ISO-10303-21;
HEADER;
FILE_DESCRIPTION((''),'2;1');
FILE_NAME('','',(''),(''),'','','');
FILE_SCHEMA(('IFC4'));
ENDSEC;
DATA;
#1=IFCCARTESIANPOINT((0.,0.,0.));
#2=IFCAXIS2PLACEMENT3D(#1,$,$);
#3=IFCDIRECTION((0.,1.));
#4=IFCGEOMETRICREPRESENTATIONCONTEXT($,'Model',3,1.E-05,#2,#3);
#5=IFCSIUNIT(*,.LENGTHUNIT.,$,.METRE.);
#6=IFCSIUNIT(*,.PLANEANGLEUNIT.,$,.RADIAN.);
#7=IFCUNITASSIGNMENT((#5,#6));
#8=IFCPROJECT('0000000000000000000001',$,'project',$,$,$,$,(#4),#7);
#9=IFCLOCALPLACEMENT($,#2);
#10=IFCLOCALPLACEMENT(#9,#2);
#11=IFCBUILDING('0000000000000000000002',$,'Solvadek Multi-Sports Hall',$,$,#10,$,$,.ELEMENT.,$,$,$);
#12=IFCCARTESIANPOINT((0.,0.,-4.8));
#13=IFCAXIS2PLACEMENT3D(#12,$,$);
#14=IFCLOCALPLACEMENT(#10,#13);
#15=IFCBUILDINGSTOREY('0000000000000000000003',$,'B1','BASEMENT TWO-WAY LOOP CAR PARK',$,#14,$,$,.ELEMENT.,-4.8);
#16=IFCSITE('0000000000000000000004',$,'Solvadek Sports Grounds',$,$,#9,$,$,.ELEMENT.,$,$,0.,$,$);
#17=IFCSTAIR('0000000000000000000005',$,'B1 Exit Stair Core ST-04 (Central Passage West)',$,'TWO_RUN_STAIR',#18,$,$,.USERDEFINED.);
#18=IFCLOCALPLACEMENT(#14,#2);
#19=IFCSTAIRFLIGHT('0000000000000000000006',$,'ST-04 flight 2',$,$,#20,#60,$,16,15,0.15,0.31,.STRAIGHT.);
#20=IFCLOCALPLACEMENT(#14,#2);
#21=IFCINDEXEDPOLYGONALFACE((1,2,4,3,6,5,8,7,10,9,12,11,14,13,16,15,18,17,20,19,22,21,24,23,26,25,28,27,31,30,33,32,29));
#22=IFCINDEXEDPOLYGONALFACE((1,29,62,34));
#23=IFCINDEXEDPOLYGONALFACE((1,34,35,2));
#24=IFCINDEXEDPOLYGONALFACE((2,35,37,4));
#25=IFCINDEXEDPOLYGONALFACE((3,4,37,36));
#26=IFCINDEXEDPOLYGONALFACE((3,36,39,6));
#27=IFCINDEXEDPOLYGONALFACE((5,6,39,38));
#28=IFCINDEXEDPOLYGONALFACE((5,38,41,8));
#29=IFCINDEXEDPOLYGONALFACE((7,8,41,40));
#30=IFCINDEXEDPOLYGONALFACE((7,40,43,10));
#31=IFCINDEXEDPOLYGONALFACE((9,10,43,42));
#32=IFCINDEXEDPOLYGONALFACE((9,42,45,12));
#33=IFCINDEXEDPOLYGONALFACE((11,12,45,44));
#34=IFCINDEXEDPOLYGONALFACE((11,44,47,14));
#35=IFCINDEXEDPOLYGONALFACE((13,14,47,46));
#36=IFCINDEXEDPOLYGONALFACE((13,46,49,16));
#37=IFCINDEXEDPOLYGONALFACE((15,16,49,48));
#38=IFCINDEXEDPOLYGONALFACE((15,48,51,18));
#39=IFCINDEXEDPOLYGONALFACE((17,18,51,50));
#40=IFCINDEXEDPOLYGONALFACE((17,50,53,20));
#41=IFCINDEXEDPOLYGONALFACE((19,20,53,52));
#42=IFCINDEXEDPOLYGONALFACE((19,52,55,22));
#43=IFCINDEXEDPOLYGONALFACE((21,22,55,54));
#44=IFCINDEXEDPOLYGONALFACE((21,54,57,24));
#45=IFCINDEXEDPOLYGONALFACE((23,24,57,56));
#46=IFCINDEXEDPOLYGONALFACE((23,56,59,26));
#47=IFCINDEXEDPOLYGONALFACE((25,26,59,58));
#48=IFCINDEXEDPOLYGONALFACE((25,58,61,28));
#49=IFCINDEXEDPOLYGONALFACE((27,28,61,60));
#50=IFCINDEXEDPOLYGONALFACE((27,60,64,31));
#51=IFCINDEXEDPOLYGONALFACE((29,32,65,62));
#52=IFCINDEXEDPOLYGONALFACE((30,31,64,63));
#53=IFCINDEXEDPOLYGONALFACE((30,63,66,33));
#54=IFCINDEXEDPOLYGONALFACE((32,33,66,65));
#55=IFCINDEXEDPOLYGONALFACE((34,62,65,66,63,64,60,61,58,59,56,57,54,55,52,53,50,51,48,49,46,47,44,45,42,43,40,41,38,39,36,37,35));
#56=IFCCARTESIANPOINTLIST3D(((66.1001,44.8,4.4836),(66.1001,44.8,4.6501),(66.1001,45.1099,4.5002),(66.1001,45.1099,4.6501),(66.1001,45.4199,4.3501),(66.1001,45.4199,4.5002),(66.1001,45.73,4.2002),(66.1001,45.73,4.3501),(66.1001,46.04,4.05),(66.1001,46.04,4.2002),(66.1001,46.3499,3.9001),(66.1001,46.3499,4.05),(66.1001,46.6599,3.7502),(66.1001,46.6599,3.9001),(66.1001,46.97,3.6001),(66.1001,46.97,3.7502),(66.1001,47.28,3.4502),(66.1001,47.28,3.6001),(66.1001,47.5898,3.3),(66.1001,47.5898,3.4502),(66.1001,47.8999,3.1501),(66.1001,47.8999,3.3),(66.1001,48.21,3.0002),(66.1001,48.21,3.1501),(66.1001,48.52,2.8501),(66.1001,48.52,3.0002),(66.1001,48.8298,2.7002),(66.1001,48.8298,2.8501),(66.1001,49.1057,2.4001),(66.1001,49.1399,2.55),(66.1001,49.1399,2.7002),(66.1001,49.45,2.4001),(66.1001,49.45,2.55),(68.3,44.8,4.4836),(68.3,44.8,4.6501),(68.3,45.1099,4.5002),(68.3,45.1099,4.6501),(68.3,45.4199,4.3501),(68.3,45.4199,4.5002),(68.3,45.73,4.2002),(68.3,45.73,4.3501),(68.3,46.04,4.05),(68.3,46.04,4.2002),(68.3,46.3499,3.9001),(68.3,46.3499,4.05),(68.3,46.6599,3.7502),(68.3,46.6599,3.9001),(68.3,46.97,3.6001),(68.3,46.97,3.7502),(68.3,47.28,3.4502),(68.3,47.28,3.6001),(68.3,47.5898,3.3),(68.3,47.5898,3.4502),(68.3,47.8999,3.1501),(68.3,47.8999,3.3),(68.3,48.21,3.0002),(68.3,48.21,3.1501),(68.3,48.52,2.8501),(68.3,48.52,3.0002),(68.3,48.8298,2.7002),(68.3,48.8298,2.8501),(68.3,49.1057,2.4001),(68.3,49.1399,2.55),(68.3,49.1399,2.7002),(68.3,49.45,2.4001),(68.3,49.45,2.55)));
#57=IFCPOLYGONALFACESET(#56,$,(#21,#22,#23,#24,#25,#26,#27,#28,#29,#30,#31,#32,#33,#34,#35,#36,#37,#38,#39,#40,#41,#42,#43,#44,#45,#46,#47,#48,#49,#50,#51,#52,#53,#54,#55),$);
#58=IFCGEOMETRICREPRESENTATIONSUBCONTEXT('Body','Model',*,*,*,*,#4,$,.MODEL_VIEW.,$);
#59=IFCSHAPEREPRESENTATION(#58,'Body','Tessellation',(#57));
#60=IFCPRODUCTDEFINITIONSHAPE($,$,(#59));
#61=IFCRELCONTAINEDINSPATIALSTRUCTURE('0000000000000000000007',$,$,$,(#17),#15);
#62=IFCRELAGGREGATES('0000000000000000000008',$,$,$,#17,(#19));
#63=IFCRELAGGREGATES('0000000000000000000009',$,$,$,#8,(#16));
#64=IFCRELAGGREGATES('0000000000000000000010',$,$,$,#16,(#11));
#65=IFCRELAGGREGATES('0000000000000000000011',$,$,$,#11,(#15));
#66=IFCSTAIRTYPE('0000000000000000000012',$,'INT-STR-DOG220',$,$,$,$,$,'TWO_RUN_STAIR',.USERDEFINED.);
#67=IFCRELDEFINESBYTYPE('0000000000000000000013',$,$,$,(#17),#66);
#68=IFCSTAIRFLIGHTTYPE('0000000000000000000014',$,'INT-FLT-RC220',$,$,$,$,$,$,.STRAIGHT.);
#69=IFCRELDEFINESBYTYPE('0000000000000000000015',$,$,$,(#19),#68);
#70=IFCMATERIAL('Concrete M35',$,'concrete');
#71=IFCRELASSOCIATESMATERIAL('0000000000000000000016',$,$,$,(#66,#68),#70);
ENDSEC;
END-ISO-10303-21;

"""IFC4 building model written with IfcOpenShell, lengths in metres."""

from ifc_helpers import new_model, si_unit, direction, frame, origin, place, context, subcontext, project, spatial, polyline, outline, extrude, material, type_object, element, aggregate, save


model = new_model("IFC4")

# Units and contexts
model_context = context("Model", 3, precision=1e-05, world=origin(), true_north=direction((0.0, 1.0)))
body_context = subcontext(model_context, "Body", "Model", "MODEL_VIEW")
ifc_project = project(units=[si_unit("LENGTHUNIT", "METRE"), si_unit("PLANEANGLEUNIT", "RADIAN")], contexts=[model_context])

# Site, building, storey
site_placement = place(None, origin())
site = spatial("IfcSite", under=ifc_project, at=site_placement, Name="Solvadek Sports Grounds", CompositionType="ELEMENT", RefElevation=0.0)
building_placement = place(site_placement, origin())
building = spatial("IfcBuilding", under=site, at=building_placement, Name="Solvadek Multi-Sports Hall", CompositionType="ELEMENT")
storey_placement = place(building_placement, frame((0.0, 0.0, -4.8)))
storey = spatial("IfcBuildingStorey", under=building, at=storey_placement, Name="B1", Description="BASEMENT TWO-WAY LOOP CAR PARK", CompositionType="ELEMENT", Elevation=-4.8)

# Shared definitions
ifc_material_1 = material(Name="Concrete M35", Category="concrete")

# Stair, stair flight
stair_type = type_object("IfcStairType", Name="INT-STR-DOG220", ElementType="TWO_RUN_STAIR", PredefinedType="USERDEFINED", material=ifc_material_1)
stair_placement = place(storey_placement, origin())
stair = element("IfcStair", 1, at=stair_placement, inside=storey, type_object=stair_type, Name="B1 Exit Stair Core ST-04 (Central Passage West)", ObjectType="TWO_RUN_STAIR", PredefinedType="USERDEFINED")
stair_flight_type = type_object("IfcStairFlightType", Name="INT-FLT-RC220", PredefinedType="STRAIGHT", material=ifc_material_1)
stair_flight_1_placement = place(storey_placement, frame((67.2, 49.45, 2.4001), z_axis=(0.0, 0.0, 1.0), x_axis=(0.0, -1.0, 0.0)))
stair_flight_1 = element("IfcStairFlight", 2, at=stair_flight_1_placement, type_object=stair_flight_type, Name="ST-04 flight 2", NumberOfRisers=16, NumberOfTreads=15, PredefinedType="STRAIGHT", RiserHeight=0.15, TreadLength=0.31, context=body_context, shape_type="SweptSolid", body=[
    extrude(outline(polyline([(0.0, 0.0), (0.0, 0.1499), (0.3101, 0.1499), (0.3101, 0.3), (0.6201, 0.3), (0.6201, 0.45), (0.9299, 0.45), (0.9299, 0.6001), (1.24, 0.6001), (1.24, 0.75), (1.55, 0.75), (1.55, 0.8999), (1.8601, 0.8999), (1.8601, 1.05), (2.1699, 1.05), (2.1699, 1.2), (2.48, 1.2), (2.48, 1.3501), (2.79, 1.3501), (2.79, 1.5), (3.1001, 1.5), (3.1001, 1.6499), (3.4099, 1.6499), (3.4099, 1.8), (3.72, 1.8), (3.72, 1.95), (4.03, 1.95), (4.03, 2.1001), (4.3401, 2.1001), (4.3401, 2.25), (4.6499, 2.25), (4.6499, 2.3999), (4.6499, 2.0835), (0.3442, 0.0), (0.0, 0.0)])), frame((0.0, 1.1001, 0.0), z_axis=(0.0, -1.0, 0.0), x_axis=(1.0, 0.0, 0.0)), (0.0, 0.0, 1.0), 2.2),
])
aggregate(stair, [stair_flight_1])

save(model, "model.ifc")
